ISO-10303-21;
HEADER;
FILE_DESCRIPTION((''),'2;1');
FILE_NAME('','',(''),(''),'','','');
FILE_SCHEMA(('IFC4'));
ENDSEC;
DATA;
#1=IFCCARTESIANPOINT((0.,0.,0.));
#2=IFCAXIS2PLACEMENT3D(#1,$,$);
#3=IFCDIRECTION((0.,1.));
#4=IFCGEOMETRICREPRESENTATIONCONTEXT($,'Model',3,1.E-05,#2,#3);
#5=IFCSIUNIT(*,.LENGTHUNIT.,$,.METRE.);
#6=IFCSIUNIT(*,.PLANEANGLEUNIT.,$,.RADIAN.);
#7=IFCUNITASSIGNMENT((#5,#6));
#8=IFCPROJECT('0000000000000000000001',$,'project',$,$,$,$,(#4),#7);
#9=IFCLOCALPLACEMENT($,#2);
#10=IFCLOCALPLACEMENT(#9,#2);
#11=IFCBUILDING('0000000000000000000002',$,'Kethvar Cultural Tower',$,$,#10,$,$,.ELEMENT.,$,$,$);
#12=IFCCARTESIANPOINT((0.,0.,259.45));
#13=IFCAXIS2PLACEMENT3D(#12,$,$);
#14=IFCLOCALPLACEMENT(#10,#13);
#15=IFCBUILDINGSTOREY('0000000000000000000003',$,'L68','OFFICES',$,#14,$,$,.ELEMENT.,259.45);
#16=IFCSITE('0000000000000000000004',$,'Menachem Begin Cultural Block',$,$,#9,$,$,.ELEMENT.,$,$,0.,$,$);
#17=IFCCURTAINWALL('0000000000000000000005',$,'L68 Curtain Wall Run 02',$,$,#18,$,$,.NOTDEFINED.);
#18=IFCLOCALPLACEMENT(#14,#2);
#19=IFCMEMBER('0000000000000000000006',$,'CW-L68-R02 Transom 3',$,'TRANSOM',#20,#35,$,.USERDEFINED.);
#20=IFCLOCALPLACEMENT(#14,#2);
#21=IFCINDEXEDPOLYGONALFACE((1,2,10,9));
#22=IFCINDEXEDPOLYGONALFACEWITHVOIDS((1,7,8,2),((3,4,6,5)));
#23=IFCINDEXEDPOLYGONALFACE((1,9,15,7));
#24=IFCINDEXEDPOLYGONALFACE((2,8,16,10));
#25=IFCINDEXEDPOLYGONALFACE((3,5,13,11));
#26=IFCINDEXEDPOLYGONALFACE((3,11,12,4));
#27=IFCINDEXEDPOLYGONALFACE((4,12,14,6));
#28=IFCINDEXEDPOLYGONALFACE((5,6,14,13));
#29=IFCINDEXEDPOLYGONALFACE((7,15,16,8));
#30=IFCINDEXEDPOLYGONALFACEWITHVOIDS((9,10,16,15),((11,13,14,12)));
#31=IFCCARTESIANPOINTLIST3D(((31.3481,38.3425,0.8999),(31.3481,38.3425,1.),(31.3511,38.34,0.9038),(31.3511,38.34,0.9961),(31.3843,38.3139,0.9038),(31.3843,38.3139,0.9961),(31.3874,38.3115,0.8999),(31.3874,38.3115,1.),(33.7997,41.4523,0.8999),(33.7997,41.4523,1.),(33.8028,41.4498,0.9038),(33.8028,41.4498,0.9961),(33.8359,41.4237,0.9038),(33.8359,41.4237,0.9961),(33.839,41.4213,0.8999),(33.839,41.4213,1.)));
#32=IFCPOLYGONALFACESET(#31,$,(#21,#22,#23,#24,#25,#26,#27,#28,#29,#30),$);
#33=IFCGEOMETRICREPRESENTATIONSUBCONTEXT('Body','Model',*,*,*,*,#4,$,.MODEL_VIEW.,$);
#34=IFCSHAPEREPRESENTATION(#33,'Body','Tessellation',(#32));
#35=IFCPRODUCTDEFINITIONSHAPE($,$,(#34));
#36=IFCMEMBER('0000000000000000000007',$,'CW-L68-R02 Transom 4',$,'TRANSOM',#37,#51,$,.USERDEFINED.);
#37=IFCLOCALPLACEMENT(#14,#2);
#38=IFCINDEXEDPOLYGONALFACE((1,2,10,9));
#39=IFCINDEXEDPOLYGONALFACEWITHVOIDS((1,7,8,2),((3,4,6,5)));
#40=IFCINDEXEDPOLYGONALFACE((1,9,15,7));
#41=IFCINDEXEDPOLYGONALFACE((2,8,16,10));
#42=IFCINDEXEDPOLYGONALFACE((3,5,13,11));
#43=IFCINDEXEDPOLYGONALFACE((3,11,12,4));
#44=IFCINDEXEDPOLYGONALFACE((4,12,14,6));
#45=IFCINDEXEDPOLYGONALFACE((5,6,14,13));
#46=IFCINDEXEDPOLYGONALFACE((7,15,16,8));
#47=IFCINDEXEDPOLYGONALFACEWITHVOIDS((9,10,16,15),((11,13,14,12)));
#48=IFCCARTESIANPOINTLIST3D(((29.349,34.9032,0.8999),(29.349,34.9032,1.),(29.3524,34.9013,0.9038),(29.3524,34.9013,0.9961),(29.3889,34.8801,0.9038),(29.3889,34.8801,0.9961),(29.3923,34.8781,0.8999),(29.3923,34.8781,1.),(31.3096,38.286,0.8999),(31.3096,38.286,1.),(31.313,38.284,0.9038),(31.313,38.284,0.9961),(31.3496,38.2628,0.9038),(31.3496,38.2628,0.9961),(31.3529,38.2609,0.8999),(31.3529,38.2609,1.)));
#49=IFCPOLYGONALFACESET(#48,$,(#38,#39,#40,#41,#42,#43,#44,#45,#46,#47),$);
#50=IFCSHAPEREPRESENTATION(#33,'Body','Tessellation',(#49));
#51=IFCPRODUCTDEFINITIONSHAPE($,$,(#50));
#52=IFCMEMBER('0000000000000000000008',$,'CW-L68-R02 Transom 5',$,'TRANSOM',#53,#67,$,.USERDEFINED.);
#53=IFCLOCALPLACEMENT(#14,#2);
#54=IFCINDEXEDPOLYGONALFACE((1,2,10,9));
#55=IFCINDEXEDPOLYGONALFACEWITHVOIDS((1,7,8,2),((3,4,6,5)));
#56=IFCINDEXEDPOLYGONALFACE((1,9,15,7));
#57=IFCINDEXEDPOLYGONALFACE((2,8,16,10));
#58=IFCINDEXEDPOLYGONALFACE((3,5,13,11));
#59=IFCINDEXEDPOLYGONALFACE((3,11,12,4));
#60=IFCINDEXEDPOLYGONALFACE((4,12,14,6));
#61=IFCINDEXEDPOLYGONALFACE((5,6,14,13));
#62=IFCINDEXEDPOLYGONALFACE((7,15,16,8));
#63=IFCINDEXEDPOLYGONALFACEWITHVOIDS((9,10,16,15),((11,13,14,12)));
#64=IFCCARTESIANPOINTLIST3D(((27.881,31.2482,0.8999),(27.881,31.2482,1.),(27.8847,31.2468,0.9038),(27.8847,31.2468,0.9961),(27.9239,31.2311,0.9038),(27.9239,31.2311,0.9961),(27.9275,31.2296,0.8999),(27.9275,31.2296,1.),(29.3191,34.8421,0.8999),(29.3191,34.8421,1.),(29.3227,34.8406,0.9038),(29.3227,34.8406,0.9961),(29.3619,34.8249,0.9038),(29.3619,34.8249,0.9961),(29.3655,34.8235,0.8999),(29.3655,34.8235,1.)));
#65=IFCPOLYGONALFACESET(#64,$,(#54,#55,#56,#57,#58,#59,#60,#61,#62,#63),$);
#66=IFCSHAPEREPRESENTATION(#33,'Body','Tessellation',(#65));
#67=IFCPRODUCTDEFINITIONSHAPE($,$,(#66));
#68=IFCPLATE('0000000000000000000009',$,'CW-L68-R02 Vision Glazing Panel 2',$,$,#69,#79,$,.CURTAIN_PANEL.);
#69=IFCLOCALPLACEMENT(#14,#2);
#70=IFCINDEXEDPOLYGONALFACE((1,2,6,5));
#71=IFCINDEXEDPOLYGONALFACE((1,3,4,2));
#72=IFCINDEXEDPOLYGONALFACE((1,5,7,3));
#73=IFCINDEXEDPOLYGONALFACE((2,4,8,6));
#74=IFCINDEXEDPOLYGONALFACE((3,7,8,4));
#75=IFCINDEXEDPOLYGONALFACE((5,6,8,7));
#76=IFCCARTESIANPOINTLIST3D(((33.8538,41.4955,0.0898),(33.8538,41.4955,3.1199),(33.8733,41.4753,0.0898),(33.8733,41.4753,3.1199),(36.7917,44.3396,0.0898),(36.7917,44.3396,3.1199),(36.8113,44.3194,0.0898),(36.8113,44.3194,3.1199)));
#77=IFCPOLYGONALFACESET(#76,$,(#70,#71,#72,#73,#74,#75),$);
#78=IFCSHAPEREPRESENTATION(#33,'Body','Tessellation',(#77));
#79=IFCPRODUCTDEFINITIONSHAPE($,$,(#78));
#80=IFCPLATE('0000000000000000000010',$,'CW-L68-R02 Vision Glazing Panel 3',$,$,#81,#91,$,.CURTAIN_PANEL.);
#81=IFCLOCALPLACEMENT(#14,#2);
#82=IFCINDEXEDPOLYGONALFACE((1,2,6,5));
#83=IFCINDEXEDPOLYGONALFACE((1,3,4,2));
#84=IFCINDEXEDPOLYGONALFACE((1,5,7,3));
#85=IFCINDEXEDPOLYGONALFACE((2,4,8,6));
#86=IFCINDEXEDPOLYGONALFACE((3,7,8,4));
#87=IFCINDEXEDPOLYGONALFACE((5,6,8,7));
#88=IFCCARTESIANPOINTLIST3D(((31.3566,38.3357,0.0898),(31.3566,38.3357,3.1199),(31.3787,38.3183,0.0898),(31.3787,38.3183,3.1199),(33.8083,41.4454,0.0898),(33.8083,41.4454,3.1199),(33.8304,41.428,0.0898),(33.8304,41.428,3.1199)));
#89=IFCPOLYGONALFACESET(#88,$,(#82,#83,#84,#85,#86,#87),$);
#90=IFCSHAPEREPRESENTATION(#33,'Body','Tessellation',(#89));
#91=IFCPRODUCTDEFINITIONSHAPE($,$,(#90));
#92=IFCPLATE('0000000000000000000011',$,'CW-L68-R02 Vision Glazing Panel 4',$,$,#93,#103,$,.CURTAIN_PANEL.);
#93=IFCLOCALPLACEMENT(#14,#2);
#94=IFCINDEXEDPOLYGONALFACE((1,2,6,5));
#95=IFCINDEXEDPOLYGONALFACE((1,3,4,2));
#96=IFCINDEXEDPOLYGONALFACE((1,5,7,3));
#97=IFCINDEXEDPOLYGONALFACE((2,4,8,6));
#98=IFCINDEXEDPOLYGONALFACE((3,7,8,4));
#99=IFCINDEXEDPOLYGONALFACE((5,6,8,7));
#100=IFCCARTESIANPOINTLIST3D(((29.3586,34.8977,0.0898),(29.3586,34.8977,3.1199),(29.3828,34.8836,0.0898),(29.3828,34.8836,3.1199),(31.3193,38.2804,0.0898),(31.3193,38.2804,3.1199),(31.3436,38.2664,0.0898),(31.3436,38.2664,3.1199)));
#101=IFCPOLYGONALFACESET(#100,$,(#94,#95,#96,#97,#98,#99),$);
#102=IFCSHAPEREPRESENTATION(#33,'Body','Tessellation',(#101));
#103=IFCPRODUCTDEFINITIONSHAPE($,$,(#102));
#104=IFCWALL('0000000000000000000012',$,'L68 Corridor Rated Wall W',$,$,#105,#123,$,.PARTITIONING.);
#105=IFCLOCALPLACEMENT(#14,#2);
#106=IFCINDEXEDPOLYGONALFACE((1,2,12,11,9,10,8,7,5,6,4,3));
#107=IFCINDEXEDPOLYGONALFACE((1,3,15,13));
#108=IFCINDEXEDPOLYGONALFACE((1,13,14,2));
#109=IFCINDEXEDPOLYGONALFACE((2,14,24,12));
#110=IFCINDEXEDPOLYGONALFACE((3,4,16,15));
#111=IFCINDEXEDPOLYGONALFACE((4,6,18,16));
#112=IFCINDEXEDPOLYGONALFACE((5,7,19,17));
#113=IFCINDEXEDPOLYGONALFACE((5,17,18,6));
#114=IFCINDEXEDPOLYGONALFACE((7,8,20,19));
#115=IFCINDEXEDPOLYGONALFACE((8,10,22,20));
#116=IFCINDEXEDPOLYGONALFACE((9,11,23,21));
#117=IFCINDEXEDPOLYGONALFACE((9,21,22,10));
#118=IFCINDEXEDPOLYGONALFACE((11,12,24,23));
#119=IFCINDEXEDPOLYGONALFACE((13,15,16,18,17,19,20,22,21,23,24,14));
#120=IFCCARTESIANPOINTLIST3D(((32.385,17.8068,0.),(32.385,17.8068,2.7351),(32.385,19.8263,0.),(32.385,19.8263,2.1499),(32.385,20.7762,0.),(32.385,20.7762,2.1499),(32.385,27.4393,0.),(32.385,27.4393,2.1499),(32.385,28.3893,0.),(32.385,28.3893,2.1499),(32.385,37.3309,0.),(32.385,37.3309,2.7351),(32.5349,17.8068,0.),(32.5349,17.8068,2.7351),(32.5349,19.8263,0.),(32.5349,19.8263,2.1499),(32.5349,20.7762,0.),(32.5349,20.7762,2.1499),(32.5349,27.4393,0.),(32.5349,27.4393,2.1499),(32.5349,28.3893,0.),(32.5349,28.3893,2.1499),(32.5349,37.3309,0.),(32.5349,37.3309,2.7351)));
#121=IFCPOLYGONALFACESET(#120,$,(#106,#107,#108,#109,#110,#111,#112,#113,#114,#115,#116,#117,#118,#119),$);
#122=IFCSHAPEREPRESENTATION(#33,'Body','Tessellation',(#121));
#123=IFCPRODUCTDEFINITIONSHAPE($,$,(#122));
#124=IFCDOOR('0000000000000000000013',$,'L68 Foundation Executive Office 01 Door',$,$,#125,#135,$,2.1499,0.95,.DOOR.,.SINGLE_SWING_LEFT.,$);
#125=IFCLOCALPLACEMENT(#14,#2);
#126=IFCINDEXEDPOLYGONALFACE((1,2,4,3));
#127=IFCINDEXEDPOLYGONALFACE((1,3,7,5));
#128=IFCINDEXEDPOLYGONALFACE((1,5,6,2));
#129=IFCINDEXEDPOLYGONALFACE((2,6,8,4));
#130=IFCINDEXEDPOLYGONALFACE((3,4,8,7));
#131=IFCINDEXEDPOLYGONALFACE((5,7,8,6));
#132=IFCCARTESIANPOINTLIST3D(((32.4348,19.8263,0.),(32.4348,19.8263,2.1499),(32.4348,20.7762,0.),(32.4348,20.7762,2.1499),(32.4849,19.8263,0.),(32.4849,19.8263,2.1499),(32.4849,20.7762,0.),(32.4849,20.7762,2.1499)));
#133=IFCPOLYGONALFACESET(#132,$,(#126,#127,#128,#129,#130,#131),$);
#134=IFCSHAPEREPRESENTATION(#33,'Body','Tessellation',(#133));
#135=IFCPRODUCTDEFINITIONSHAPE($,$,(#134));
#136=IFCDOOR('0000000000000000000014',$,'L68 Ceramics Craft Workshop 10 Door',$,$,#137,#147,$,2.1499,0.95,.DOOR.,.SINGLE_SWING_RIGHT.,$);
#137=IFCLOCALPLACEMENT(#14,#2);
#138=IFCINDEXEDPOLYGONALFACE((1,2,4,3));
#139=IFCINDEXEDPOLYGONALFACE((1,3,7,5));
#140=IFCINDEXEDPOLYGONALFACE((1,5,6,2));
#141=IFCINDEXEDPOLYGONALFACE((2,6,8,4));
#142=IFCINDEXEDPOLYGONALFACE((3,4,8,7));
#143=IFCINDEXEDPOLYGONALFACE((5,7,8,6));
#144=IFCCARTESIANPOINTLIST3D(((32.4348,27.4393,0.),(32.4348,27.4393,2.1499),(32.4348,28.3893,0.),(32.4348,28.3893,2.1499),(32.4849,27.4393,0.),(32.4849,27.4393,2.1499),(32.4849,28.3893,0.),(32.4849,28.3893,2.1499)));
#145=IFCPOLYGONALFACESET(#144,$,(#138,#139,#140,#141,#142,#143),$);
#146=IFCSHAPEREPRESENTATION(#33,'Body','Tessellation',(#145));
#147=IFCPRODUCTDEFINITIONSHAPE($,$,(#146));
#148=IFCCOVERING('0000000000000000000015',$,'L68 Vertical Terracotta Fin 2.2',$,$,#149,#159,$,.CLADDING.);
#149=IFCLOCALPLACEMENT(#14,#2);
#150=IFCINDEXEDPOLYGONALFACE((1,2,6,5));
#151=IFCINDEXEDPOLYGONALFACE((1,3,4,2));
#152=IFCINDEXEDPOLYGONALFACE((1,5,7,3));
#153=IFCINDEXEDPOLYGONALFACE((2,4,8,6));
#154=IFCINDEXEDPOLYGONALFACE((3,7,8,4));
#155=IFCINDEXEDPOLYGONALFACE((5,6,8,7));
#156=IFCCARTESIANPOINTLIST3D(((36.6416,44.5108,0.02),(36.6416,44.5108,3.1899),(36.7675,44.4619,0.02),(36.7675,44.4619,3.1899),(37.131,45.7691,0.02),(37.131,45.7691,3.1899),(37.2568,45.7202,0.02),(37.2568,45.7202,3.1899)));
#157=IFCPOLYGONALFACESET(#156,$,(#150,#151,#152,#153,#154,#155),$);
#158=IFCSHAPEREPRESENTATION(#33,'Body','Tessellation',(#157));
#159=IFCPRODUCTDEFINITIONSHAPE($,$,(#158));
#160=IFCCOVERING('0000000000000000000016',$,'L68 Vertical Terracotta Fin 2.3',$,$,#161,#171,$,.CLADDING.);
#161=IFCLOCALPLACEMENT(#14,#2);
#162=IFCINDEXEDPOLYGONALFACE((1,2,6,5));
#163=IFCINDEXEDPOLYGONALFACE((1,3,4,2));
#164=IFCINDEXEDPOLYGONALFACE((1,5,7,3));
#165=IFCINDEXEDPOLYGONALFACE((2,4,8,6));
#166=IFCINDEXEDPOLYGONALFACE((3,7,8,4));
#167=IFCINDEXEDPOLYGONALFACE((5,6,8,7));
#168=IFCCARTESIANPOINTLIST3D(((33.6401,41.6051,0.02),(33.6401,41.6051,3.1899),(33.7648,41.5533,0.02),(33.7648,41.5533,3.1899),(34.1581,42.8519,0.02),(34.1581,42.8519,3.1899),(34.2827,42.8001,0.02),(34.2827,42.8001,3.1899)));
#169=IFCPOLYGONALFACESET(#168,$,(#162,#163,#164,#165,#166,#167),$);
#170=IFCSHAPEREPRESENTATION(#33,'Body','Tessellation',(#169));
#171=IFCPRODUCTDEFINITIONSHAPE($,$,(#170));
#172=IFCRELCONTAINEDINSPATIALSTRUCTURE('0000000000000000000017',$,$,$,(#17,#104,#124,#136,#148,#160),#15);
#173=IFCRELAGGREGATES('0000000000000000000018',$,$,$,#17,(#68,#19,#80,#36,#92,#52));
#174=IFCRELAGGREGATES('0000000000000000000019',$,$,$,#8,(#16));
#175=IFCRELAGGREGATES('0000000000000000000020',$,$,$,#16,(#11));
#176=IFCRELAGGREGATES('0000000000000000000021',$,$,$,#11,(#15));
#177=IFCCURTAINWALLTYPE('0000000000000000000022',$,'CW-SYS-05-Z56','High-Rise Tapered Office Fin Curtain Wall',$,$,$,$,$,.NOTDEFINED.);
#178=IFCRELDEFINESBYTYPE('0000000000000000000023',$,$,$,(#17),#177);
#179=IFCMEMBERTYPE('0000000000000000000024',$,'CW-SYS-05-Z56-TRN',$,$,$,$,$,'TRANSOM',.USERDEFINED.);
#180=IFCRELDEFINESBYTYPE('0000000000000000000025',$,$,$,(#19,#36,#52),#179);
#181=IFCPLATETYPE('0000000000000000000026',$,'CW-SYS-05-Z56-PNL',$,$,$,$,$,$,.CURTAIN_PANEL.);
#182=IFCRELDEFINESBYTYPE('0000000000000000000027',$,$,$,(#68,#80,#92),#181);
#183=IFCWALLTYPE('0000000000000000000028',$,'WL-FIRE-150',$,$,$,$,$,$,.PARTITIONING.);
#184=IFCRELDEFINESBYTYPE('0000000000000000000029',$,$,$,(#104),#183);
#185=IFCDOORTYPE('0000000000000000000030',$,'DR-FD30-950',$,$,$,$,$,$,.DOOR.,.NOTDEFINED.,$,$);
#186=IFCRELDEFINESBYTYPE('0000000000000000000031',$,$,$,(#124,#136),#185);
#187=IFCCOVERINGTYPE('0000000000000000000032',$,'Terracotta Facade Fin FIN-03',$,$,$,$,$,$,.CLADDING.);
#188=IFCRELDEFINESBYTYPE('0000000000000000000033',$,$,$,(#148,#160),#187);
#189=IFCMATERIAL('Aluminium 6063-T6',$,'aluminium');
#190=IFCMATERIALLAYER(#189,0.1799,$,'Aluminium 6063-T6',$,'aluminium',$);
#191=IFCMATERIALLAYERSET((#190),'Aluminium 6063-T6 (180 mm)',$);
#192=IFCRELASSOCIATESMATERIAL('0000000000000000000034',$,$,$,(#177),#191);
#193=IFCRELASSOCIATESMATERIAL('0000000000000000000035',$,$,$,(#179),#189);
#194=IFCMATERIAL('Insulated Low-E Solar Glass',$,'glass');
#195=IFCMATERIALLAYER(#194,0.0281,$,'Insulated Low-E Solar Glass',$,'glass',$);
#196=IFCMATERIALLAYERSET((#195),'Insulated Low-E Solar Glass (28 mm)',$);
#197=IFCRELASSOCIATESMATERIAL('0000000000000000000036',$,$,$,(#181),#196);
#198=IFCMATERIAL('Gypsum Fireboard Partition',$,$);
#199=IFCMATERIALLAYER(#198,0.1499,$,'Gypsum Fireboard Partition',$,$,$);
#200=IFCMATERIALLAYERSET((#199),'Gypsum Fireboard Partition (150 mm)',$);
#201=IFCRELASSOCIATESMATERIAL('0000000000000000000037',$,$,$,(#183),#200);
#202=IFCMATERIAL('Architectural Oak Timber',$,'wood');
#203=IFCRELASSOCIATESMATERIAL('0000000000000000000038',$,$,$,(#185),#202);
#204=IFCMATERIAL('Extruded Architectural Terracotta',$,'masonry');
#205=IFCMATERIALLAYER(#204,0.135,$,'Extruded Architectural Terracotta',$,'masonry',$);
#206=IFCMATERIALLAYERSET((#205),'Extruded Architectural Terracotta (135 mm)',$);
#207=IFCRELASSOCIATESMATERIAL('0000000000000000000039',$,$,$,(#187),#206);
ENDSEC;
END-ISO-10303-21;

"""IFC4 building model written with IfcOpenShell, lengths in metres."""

from ifc_helpers import new_model, si_unit, direction, frame, frame_2d, origin, origin_2d, place, context, subcontext, project, spatial, rectangle, hollow_rectangle, extrude, source, transform, mapped, material, layer, layer_set, material_profile, profile_set, type_object, element, fill, aggregate, save


model = new_model("IFC4")

# Units and contexts
model_context = context("Model", 3, precision=1e-05, world=origin(), true_north=direction((0.0, 1.0)))
body_context = subcontext(model_context, "Body", "Model", "MODEL_VIEW")
ifc_project = project(units=[si_unit("LENGTHUNIT", "METRE"), si_unit("PLANEANGLEUNIT", "RADIAN")], contexts=[model_context])

# Site, building, storey
site_placement = place(None, origin())
site = spatial("IfcSite", under=ifc_project, at=site_placement, Name="Menachem Begin Cultural Block", CompositionType="ELEMENT", RefElevation=0.0)
building_placement = place(site_placement, origin())
building = spatial("IfcBuilding", under=site, at=building_placement, Name="Kethvar Cultural Tower", CompositionType="ELEMENT")
storey_placement = place(building_placement, frame((0.0, 0.0, 259.45)))
storey = spatial("IfcBuildingStorey", under=building, at=storey_placement, Name="L68", Description="OFFICES", CompositionType="ELEMENT", Elevation=259.45)

# Curtain wall, members, plates
ifc_material_1 = material(Name="Aluminium 6063-T6", Category="aluminium")
ifc_layer_1 = layer(ifc_material_1, 0.1799, Name="Aluminium 6063-T6", Category="aluminium")
ifc_layer_set_1 = layer_set([ifc_layer_1], Name="Aluminium 6063-T6 (180 mm)")
curtain_wall_type = type_object("IfcCurtainWallType", Name="CW-SYS-05-Z56", Description="High-Rise Tapered Office Fin Curtain Wall", PredefinedType="NOTDEFINED", material=ifc_layer_set_1)
curtain_wall_placement = place(storey_placement, origin())
curtain_wall = element("IfcCurtainWall", 1, at=curtain_wall_placement, inside=storey, type_object=curtain_wall_type, Name="L68 Curtain Wall Run 02", PredefinedType="NOTDEFINED")
ifc_material_profile_1 = material_profile(ifc_material_1, hollow_rectangle(XDim=0.05, YDim=0.1001, WallThickness=0.0039, at=origin_2d()), Name="Aluminium 6063-T6 — RHS100x50x4")
ifc_profile_set_1 = profile_set([ifc_material_profile_1], Name="Aluminium 6063-T6 — RHS100x50x4")
member_type_1 = type_object("IfcMemberType", Name="CW-SYS-05-Z56-TRN", ElementType="TRANSOM", PredefinedType="USERDEFINED", material=ifc_profile_set_1)
shared_shape_1 = source(origin(), body_context, "Body", "SweptSolid", [
    extrude(hollow_rectangle(XDim=0.05, YDim=0.1001, WallThickness=0.0039, at=origin_2d()), origin(), (0.0, 0.0, 1.0), 3.96),
])
member_1_placement = place(storey_placement, frame((33.8193, 41.4368, 0.95), z_axis=(-0.6191, -0.785312, 0.0), x_axis=(0.785312, -0.6191, 0.0)))
member_1 = element("IfcMember", 2, at=member_1_placement, type_object=member_type_1, Name="CW-L68-R02 Transom 3", ObjectType="TRANSOM", PredefinedType="USERDEFINED", context=body_context, shape_type="MappedRepresentation", body=[
    mapped(shared_shape_1, transform((0.0, 0.0, 0.0), scale=1.0)),
])
shared_shape_2 = source(origin(), body_context, "Body", "SweptSolid", [
    extrude(hollow_rectangle(XDim=0.05, YDim=0.1001, WallThickness=0.0039, at=origin_2d()), origin(), (0.0, 0.0, 1.0), 3.9099),
])
member_2_placement = place(storey_placement, frame((31.3313, 38.2734, 0.95), z_axis=(-0.501462, -0.86518, 0.0), x_axis=(0.86518, -0.501462, 0.0)))
member_2 = element("IfcMember", 3, at=member_2_placement, type_object=member_type_1, Name="CW-L68-R02 Transom 4", ObjectType="TRANSOM", PredefinedType="USERDEFINED", context=body_context, shape_type="MappedRepresentation", body=[
    mapped(shared_shape_2, transform((0.0, 0.0, 0.0), scale=1.0)),
])
shared_shape_3 = source(origin(), body_context, "Body", "SweptSolid", [
    extrude(hollow_rectangle(XDim=0.05, YDim=0.1001, WallThickness=0.0039, at=origin_2d()), origin(), (0.0, 0.0, 1.0), 3.8708),
])
member_3_placement = place(storey_placement, frame((29.3423, 34.8328, 0.95), z_axis=(-0.371499, -0.928433, 0.0), x_axis=(0.928433, -0.371499, 0.0)))
member_3 = element("IfcMember", 4, at=member_3_placement, type_object=member_type_1, Name="CW-L68-R02 Transom 5", ObjectType="TRANSOM", PredefinedType="USERDEFINED", context=body_context, shape_type="MappedRepresentation", body=[
    mapped(shared_shape_3, transform((0.0, 0.0, 0.0), scale=1.0)),
])
ifc_material_2 = material(Name="Insulated Low-E Solar Glass", Category="glass")
ifc_layer_2 = layer(ifc_material_2, 0.0281, Name="Insulated Low-E Solar Glass", Category="glass")
ifc_layer_set_2 = layer_set([ifc_layer_2], Name="Insulated Low-E Solar Glass (28 mm)")
plate_type = type_object("IfcPlateType", Name="CW-SYS-05-Z56-PNL", PredefinedType="CURTAIN_PANEL", material=ifc_layer_set_2)
shared_shape_4 = source(origin(), body_context, "Body", "SweptSolid", [
    extrude(rectangle(XDim=4.0891, YDim=0.0281, at=origin_2d()), origin(), (0.0, 0.0, 1.0), 3.03),
])
plate_1_placement = place(storey_placement, frame((35.3325, 42.9075, 0.0898), z_axis=(0.0, 0.0, 1.0), x_axis=(-0.718491, -0.695537, 0.0)))
plate_1 = element("IfcPlate", 5, at=plate_1_placement, type_object=plate_type, Name="CW-L68-R02 Vision Glazing Panel 2", PredefinedType="CURTAIN_PANEL", context=body_context, shape_type="MappedRepresentation", body=[
    mapped(shared_shape_4, transform((0.0, 0.0, 0.0), scale=1.0)),
])
shared_shape_5 = source(origin(), body_context, "Body", "SweptSolid", [
    extrude(rectangle(XDim=3.96, YDim=0.0281, at=origin_2d()), origin(), (0.0, 0.0, 1.0), 3.03),
])
plate_2_placement = place(storey_placement, frame((32.5935, 39.8818, 0.0898), z_axis=(0.0, 0.0, 1.0), x_axis=(-0.619121, -0.785295, 0.0)))
plate_2 = element("IfcPlate", 6, at=plate_2_placement, type_object=plate_type, Name="CW-L68-R02 Vision Glazing Panel 3", PredefinedType="CURTAIN_PANEL", context=body_context, shape_type="MappedRepresentation", body=[
    mapped(shared_shape_5, transform((0.0, 0.0, 0.0), scale=1.0)),
])
shared_shape_6 = source(origin(), body_context, "Body", "SweptSolid", [
    extrude(rectangle(XDim=3.9099, YDim=0.0281, at=origin_2d()), origin(), (0.0, 0.0, 1.0), 3.03),
])
plate_3_placement = place(storey_placement, frame((30.3511, 36.582, 0.0898), z_axis=(0.0, 0.0, 1.0), x_axis=(-0.501481, -0.865169, 0.0)))
plate_3 = element("IfcPlate", 7, at=plate_3_placement, type_object=plate_type, Name="CW-L68-R02 Vision Glazing Panel 4", PredefinedType="CURTAIN_PANEL", context=body_context, shape_type="MappedRepresentation", body=[
    mapped(shared_shape_6, transform((0.0, 0.0, 0.0), scale=1.0)),
])
aggregate(curtain_wall, [plate_1, member_1, plate_2, member_2, plate_3, member_3])

# Wall, openings, doors
ifc_material_3 = material(Name="Gypsum Fireboard Partition")
ifc_layer_3 = layer(ifc_material_3, 0.1499, Name="Gypsum Fireboard Partition")
ifc_layer_set_3 = layer_set([ifc_layer_3], Name="Gypsum Fireboard Partition (150 mm)")
wall_type = type_object("IfcWallType", Name="WL-FIRE-150", PredefinedType="PARTITIONING", material=ifc_layer_set_3)
wall_placement = place(storey_placement, frame((32.46, 37.3311, 0.0), z_axis=(0.0, 0.0, 1.0), x_axis=(0.0, -1.0, 0.0)))
wall = element("IfcWall", 8, at=wall_placement, inside=storey, type_object=wall_type, Name="L68 Corridor Rated Wall W", PredefinedType="PARTITIONING", context=body_context, shape_type="SweptSolid", body=[
    extrude(rectangle(XDim=19.5242, YDim=0.1499, at=frame_2d((9.7622, 0.0))), origin(), (0.0, 0.0, 1.0), 2.7351),
])
opening_1_placement = place(wall_placement, frame((16.5547, 0.0, 0.0)))
opening_1 = element("IfcOpeningElement", 9, at=opening_1_placement, cuts=wall, PredefinedType="OPENING", context=body_context, shape_type="SweptSolid", body=[
    extrude(rectangle(XDim=0.95, YDim=2.1499, at=frame_2d((0.4751, 1.075))), frame((0.0, 0.085, 0.0), z_axis=(0.0, -1.0, 0.0), x_axis=(1.0, 0.0, 0.0)), (0.0, 0.0, 1.0), 0.1699),
])
opening_2_placement = place(wall_placement, frame((8.9417, 0.0, 0.0)))
opening_2 = element("IfcOpeningElement", 10, at=opening_2_placement, cuts=wall, PredefinedType="OPENING", context=body_context, shape_type="SweptSolid", body=[
    extrude(rectangle(XDim=0.95, YDim=2.1499, at=frame_2d((0.4751, 1.075))), frame((0.0, 0.085, 0.0), z_axis=(0.0, -1.0, 0.0), x_axis=(1.0, 0.0, 0.0)), (0.0, 0.0, 1.0), 0.1699),
])
ifc_material_4 = material(Name="Architectural Oak Timber", Category="wood")
door_type = type_object("IfcDoorType", Name="DR-FD30-950", OperationType="NOTDEFINED", PredefinedType="DOOR", material=ifc_material_4)
shared_shape_7 = source(origin(), body_context, "Body", "SweptSolid", [
    extrude(rectangle(XDim=0.95, YDim=2.1499, at=frame_2d((0.4751, 1.075))), frame((0.0, 0.0249, 0.0), z_axis=(0.0, -1.0, 0.0), x_axis=(1.0, 0.0, 0.0)), (0.0, 0.0, 1.0), 0.05),
])
door_1_placement = place(opening_1_placement, origin())
door_1 = element("IfcDoor", 11, at=door_1_placement, inside=storey, type_object=door_type, Name="L68 Foundation Executive Office 01 Door", OperationType="SINGLE_SWING_LEFT", OverallHeight=2.1499, OverallWidth=0.95, PredefinedType="DOOR", context=body_context, shape_type="MappedRepresentation", body=[
    mapped(shared_shape_7, transform((0.0, 0.0, 0.0), scale=1.0)),
])
fill(opening_1, door_1)
door_2_placement = place(opening_2_placement, origin())
door_2 = element("IfcDoor", 12, at=door_2_placement, inside=storey, type_object=door_type, Name="L68 Ceramics Craft Workshop 10 Door", OperationType="SINGLE_SWING_RIGHT", OverallHeight=2.1499, OverallWidth=0.95, PredefinedType="DOOR", context=body_context, shape_type="MappedRepresentation", body=[
    mapped(shared_shape_7, transform((0.0, 0.0, 0.0), scale=1.0)),
])
fill(opening_2, door_2)

# Coverings
ifc_material_5 = material(Name="Extruded Architectural Terracotta", Category="masonry")
ifc_layer_4 = layer(ifc_material_5, 0.135, Name="Extruded Architectural Terracotta", Category="masonry")
ifc_layer_set_4 = layer_set([ifc_layer_4], Name="Extruded Architectural Terracotta (135 mm)")
covering_type = type_object("IfcCoveringType", Name="Terracotta Facade Fin FIN-03", PredefinedType="CLADDING", material=ifc_layer_set_4)
shared_shape_8 = source(origin(), body_context, "Body", "SweptSolid", [
    extrude(rectangle(XDim=1.3501, YDim=0.135, at=origin_2d()), origin(), (0.0, 0.0, 1.0), 3.1699),
])
for number, where, z_axis, x_axis, name in (
    (13, (36.9492, 45.1155, 0.02), (0.0, 0.0, 1.0), (0.362438, 0.932008, 0.0), "L68 Vertical Terracotta Fin 2.2"),
    (14, (33.9614, 42.2026, 0.02), (0.0, 0.0, 1.0), (0.383651, 0.923478, 0.0), "L68 Vertical Terracotta Fin 2.3"),
):
    element("IfcCovering", number, at=place(storey_placement, frame(where, z_axis=z_axis, x_axis=x_axis)), inside=storey, type_object=covering_type, Name=name, PredefinedType="CLADDING", context=body_context, shape_type="MappedRepresentation", body=[
        mapped(shared_shape_8, transform((0.0, 0.0, 0.0), scale=1.0)),
    ])

save(model, "model.ifc")
